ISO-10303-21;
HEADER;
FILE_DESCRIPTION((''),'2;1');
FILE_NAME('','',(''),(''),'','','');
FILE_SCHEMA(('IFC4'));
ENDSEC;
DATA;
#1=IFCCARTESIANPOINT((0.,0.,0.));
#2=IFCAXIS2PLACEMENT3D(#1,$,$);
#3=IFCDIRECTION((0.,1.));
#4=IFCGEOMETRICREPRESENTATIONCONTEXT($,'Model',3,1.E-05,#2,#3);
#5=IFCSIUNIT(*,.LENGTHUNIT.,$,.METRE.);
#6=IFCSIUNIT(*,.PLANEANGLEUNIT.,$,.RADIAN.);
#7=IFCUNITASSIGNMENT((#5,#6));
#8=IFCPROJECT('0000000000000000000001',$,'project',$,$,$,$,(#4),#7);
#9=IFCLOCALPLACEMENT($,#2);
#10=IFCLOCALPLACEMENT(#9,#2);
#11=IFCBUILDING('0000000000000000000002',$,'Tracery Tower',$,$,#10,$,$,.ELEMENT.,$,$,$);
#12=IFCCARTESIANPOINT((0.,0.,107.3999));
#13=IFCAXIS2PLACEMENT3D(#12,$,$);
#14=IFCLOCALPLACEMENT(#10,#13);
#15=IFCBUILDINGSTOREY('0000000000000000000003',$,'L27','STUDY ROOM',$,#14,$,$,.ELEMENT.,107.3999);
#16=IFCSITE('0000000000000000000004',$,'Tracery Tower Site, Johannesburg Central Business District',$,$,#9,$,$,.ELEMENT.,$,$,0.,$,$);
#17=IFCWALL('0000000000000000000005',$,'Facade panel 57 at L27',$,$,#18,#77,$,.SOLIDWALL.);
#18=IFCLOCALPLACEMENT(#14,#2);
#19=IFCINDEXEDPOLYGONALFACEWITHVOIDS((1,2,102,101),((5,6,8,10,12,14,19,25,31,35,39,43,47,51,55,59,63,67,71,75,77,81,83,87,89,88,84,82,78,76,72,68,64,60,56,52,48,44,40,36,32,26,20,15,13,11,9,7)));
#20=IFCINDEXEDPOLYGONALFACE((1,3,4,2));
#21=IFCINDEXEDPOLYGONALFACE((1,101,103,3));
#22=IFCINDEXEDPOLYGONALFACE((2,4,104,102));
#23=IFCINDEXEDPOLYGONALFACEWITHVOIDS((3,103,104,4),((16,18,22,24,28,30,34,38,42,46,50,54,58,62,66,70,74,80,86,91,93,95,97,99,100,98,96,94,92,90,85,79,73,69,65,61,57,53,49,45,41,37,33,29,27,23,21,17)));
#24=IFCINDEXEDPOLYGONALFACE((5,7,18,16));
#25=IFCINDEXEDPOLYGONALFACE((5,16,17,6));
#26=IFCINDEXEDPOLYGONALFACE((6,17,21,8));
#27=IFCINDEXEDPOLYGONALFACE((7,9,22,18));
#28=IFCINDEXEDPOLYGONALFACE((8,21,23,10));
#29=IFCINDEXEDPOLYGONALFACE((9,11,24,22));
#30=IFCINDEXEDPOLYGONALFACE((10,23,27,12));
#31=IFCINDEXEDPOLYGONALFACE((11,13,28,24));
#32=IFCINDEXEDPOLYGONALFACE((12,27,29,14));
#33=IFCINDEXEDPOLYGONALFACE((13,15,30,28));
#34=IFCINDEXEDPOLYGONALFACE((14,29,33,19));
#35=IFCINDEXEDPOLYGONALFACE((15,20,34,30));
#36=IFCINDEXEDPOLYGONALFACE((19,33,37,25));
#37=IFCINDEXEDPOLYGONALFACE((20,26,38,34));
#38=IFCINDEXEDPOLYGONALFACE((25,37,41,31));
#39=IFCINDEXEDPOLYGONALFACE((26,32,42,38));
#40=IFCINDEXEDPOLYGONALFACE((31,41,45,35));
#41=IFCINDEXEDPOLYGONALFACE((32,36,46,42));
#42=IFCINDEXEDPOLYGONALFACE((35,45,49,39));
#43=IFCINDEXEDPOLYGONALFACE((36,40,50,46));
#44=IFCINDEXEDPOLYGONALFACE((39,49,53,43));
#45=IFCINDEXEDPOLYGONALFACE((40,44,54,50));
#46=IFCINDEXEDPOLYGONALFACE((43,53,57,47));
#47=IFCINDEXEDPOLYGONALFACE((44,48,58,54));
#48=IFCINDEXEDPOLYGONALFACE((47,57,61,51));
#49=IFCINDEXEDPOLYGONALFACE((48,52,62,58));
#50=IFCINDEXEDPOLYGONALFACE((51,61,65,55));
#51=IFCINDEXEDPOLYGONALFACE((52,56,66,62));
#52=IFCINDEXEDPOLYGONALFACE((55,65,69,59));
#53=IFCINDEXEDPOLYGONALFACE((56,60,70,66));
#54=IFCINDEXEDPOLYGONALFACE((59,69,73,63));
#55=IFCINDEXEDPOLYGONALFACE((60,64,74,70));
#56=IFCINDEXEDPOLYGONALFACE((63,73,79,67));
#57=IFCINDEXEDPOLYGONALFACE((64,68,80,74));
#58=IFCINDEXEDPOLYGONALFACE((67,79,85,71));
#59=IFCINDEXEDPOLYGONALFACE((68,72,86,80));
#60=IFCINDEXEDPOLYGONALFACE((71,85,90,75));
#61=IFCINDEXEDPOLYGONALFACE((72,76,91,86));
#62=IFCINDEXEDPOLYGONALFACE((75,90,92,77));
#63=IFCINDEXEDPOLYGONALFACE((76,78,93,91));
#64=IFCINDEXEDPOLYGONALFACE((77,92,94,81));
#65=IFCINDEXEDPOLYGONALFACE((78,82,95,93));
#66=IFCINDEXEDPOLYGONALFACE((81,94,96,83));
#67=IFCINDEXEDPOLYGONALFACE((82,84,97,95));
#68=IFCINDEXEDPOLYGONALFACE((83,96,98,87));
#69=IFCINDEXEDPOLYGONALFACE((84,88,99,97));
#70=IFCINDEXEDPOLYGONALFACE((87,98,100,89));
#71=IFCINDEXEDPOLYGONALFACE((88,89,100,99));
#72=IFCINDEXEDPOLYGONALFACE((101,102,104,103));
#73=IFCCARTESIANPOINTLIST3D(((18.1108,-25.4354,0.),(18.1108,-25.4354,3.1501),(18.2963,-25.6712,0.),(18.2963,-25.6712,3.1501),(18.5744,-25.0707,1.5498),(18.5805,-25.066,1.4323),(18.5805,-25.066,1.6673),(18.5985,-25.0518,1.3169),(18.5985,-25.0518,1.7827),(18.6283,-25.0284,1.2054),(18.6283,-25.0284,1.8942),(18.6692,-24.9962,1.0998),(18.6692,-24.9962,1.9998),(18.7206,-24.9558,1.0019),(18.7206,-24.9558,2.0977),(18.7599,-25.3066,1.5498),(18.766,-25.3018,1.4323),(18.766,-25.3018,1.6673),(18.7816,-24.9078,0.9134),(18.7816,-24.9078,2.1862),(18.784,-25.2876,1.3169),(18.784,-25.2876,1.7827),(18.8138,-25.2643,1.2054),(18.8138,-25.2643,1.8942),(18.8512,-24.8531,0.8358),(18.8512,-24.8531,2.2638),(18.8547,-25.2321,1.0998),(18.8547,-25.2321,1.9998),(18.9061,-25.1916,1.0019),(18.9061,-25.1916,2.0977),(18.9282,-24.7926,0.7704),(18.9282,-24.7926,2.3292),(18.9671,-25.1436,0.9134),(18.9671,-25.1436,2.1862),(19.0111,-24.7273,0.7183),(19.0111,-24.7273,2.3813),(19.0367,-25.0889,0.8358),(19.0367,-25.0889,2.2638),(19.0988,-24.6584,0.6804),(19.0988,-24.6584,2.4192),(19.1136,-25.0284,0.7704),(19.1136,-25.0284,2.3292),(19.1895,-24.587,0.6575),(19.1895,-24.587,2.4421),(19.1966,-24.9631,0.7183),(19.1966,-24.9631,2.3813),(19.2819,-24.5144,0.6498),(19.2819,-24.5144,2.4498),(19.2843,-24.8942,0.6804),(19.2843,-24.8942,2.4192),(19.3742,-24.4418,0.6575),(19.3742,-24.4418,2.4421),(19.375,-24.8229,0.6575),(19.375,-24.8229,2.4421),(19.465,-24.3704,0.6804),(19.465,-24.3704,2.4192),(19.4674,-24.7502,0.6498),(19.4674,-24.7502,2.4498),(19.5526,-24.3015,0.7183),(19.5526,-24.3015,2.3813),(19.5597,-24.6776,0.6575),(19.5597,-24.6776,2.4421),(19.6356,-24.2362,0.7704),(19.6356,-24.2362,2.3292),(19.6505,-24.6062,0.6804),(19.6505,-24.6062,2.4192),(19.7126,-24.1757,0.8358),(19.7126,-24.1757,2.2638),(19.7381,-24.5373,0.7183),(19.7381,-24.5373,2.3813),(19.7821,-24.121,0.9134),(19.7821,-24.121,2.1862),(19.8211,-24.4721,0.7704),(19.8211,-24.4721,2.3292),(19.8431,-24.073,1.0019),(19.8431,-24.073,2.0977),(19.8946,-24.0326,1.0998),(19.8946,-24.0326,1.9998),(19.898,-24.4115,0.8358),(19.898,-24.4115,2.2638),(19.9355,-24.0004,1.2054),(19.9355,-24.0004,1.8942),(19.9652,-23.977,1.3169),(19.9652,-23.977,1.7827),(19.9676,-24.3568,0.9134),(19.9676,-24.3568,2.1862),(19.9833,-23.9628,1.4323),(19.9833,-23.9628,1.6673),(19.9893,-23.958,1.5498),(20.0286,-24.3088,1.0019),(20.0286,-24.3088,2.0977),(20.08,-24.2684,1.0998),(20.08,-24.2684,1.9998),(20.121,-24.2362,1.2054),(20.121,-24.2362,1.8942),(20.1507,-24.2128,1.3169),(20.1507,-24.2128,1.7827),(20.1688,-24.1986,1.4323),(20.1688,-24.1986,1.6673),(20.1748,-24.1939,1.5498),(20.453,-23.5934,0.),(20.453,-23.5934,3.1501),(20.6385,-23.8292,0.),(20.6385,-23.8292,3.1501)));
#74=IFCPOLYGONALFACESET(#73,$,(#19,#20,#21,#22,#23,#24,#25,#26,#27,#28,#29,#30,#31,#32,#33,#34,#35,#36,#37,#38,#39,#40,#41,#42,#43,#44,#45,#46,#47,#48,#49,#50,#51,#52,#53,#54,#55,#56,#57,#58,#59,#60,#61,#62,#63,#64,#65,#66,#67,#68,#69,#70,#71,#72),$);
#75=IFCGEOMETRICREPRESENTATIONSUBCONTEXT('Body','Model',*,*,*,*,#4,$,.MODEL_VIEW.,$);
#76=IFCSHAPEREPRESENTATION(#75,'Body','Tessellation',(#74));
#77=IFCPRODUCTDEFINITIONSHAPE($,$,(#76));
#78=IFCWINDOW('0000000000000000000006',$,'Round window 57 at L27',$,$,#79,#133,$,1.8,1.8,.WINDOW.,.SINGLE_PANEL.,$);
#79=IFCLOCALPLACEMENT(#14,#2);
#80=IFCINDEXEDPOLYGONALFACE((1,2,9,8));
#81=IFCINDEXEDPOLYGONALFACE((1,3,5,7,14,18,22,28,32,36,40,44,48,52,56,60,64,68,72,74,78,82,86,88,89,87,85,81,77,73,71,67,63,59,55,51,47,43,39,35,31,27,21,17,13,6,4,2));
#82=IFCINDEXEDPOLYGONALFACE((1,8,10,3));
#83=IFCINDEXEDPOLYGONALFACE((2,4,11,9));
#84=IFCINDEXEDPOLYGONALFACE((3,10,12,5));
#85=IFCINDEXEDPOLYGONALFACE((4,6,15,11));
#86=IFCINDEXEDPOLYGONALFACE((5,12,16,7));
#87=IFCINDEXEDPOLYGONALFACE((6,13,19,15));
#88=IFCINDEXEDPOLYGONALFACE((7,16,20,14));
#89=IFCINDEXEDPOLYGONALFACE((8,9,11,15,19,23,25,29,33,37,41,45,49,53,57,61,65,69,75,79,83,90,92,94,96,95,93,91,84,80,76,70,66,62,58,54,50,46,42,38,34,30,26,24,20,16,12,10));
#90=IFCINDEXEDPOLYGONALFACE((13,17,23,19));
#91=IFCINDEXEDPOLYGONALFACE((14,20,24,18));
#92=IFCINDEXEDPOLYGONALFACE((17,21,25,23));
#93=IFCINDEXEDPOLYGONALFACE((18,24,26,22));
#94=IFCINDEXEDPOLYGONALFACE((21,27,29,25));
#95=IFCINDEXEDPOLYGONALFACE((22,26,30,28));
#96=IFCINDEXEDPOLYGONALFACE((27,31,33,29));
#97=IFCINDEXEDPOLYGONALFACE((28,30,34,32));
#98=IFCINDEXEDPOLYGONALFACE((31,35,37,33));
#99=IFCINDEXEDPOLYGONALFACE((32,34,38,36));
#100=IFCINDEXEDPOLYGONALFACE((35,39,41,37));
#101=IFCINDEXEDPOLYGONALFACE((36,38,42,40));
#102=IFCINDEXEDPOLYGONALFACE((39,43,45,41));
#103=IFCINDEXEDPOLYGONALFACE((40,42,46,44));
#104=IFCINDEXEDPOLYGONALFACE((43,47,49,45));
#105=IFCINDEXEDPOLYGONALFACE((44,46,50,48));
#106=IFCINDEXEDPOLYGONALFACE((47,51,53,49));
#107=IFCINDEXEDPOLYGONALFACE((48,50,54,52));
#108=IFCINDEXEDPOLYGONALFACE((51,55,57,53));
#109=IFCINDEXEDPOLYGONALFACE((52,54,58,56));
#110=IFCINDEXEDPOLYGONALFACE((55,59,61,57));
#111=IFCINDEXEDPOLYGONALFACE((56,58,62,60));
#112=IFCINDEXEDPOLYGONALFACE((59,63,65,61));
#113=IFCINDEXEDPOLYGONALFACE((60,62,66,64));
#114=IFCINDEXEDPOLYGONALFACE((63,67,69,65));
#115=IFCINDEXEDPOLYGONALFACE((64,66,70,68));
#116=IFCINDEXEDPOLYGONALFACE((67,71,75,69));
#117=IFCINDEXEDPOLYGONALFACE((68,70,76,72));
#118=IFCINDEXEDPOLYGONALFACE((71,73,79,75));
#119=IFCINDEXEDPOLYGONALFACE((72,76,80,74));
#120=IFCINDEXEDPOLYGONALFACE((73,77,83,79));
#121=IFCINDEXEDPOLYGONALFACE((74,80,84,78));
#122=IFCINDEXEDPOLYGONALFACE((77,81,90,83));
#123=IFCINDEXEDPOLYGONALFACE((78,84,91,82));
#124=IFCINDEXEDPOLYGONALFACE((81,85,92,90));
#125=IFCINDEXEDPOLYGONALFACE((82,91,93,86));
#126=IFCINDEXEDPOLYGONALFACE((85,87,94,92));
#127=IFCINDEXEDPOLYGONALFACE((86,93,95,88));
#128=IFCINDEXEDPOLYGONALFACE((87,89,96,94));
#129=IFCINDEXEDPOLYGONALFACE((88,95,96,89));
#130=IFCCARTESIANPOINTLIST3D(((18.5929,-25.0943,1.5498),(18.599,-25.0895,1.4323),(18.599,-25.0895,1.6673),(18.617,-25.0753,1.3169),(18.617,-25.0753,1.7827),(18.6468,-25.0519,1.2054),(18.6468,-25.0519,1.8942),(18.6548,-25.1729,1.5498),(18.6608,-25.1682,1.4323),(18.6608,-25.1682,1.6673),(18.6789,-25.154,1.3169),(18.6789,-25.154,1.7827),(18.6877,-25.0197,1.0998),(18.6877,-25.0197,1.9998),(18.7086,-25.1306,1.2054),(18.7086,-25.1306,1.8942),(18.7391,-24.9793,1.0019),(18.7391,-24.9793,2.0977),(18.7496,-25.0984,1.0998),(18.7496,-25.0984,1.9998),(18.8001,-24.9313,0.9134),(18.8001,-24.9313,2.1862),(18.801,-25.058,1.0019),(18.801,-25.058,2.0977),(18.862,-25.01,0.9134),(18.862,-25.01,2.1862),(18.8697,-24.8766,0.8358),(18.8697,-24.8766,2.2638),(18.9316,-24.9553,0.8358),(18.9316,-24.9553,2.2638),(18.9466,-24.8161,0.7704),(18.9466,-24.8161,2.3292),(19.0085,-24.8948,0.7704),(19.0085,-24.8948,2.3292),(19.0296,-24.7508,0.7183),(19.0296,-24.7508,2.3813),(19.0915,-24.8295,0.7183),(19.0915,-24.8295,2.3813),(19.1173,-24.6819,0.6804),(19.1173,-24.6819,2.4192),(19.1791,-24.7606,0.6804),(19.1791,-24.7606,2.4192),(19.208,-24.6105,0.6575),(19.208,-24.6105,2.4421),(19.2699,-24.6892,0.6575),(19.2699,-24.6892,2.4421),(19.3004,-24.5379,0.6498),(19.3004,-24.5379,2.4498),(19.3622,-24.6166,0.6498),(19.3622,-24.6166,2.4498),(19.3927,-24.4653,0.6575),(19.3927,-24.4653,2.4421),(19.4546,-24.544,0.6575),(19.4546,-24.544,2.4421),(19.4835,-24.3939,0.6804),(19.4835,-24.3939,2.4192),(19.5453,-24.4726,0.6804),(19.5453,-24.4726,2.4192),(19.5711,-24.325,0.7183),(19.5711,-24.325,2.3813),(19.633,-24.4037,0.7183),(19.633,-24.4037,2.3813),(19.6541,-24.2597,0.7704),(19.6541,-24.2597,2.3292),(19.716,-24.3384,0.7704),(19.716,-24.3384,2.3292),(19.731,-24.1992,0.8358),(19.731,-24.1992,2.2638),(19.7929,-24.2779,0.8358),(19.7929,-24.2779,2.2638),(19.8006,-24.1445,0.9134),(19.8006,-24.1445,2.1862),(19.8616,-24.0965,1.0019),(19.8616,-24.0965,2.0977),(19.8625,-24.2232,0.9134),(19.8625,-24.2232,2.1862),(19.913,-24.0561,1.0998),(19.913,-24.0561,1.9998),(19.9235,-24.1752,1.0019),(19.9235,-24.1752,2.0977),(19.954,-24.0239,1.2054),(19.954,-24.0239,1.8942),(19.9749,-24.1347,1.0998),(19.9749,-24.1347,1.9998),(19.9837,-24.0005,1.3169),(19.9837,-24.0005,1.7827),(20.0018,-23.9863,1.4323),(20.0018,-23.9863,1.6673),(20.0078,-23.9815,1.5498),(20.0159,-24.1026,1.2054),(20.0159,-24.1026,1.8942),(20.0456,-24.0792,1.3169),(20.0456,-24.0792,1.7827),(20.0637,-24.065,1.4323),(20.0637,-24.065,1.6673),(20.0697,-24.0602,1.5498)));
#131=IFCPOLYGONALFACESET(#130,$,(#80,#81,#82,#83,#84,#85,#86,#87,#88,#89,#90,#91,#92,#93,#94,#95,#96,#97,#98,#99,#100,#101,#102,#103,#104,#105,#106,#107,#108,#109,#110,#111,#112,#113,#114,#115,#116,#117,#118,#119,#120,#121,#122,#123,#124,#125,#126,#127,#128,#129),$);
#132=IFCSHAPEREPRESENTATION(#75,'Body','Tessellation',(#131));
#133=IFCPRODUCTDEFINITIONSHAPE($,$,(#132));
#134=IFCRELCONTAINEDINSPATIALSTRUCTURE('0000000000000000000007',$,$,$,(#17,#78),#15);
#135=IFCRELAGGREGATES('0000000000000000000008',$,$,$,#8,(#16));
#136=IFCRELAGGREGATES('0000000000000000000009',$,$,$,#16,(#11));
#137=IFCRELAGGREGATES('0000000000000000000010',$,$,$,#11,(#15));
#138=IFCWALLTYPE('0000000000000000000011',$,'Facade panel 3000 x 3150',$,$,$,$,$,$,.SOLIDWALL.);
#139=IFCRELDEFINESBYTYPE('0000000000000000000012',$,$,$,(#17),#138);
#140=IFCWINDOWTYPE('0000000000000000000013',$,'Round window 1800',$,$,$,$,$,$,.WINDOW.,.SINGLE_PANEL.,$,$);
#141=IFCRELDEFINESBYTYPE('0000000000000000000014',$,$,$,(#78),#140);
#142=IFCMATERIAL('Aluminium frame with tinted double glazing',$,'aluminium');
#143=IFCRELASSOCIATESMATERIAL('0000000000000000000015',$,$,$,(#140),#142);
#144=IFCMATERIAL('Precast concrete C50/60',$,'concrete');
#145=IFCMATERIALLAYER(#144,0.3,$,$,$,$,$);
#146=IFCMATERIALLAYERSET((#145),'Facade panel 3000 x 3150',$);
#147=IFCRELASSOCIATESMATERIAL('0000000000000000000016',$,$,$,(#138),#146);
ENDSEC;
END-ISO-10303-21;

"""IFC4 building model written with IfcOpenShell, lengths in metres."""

from ifc_helpers import new_model, si_unit, direction, frame, frame_2d, origin, origin_2d, place, context, subcontext, project, spatial, rectangle, circle, extrude, material, layer, layer_set, type_object, element, fill, save


model = new_model("IFC4")

# Units and contexts
model_context = context("Model", 3, precision=1e-05, world=origin(), true_north=direction((0.0, 1.0)))
body_context = subcontext(model_context, "Body", "Model", "MODEL_VIEW")
ifc_project = project(units=[si_unit("LENGTHUNIT", "METRE"), si_unit("PLANEANGLEUNIT", "RADIAN")], contexts=[model_context])

# Site, building, storey
site_placement = place(None, origin())
site = spatial("IfcSite", under=ifc_project, at=site_placement, Name="Tracery Tower Site, Johannesburg Central Business District", CompositionType="ELEMENT", RefElevation=0.0)
building_placement = place(site_placement, origin())
building = spatial("IfcBuilding", under=site, at=building_placement, Name="Tracery Tower", CompositionType="ELEMENT")
storey_placement = place(building_placement, frame((0.0, 0.0, 107.3999)))
storey = spatial("IfcBuildingStorey", under=building, at=storey_placement, Name="L27", Description="STUDY ROOM", CompositionType="ELEMENT", Elevation=107.3999)

# Wall, opening, window
ifc_material_1 = material(Name="Aluminium frame with tinted double glazing", Category="aluminium")
window_type = type_object("IfcWindowType", Name="Round window 1800", PartitioningType="SINGLE_PANEL", PredefinedType="WINDOW", material=ifc_material_1)
ifc_material_2 = material(Name="Precast concrete C50/60", Category="concrete")
ifc_layer_1 = layer(ifc_material_2, 0.3)
ifc_layer_set_1 = layer_set([ifc_layer_1], Name="Facade panel 3000 x 3150")
wall_type_1 = type_object("IfcWallType", Name="Facade panel 3000 x 3150", PredefinedType="SOLIDWALL", material=ifc_layer_set_1)
wall_1_placement = place(storey_placement, frame((18.2036, -25.5532, 0.0), z_axis=(0.0, 0.0, 1.0), x_axis=(0.786045, 0.618169, 0.0)))
wall_1 = element("IfcWall", 1, at=wall_1_placement, inside=storey, type_object=wall_type_1, Name="Facade panel 57 at L27", PredefinedType="SOLIDWALL", context=body_context, shape_type="SweptSolid", body=[
    extrude(rectangle(XDim=2.9797, YDim=0.3, at=frame_2d((1.4897, 0.0))), origin(), (0.0, 0.0, 1.0), 3.1501),
])
opening_1_placement = place(wall_1_placement, frame((1.4897, 0.0, 1.5498)))
opening_1 = element("IfcOpeningElement", 2, at=opening_1_placement, cuts=wall_1, PredefinedType="OPENING", context=body_context, shape_type="SweptSolid", body=[
    extrude(circle(Radius=0.9, at=origin_2d()), frame((0.0, 0.1599, 0.0), z_axis=(0.0, -1.0, 0.0), x_axis=(1.0, 0.0, 0.0)), (0.0, 0.0, 1.0), 0.3201),
])
window_1_placement = place(opening_1_placement, origin())
window_1 = element("IfcWindow", 3, at=window_1_placement, inside=storey, type_object=window_type, Name="Round window 57 at L27", OverallHeight=1.8, OverallWidth=1.8, PartitioningType="SINGLE_PANEL", PredefinedType="WINDOW", context=body_context, shape_type="SweptSolid", body=[
    extrude(circle(Radius=0.9, at=origin_2d()), frame((0.0, 0.1201, 0.0), z_axis=(0.0, -1.0, 0.0), x_axis=(1.0, 0.0, 0.0)), (0.0, 0.0, 1.0), 0.1001),
])
fill(opening_1, window_1)

save(model, "model.ifc")
